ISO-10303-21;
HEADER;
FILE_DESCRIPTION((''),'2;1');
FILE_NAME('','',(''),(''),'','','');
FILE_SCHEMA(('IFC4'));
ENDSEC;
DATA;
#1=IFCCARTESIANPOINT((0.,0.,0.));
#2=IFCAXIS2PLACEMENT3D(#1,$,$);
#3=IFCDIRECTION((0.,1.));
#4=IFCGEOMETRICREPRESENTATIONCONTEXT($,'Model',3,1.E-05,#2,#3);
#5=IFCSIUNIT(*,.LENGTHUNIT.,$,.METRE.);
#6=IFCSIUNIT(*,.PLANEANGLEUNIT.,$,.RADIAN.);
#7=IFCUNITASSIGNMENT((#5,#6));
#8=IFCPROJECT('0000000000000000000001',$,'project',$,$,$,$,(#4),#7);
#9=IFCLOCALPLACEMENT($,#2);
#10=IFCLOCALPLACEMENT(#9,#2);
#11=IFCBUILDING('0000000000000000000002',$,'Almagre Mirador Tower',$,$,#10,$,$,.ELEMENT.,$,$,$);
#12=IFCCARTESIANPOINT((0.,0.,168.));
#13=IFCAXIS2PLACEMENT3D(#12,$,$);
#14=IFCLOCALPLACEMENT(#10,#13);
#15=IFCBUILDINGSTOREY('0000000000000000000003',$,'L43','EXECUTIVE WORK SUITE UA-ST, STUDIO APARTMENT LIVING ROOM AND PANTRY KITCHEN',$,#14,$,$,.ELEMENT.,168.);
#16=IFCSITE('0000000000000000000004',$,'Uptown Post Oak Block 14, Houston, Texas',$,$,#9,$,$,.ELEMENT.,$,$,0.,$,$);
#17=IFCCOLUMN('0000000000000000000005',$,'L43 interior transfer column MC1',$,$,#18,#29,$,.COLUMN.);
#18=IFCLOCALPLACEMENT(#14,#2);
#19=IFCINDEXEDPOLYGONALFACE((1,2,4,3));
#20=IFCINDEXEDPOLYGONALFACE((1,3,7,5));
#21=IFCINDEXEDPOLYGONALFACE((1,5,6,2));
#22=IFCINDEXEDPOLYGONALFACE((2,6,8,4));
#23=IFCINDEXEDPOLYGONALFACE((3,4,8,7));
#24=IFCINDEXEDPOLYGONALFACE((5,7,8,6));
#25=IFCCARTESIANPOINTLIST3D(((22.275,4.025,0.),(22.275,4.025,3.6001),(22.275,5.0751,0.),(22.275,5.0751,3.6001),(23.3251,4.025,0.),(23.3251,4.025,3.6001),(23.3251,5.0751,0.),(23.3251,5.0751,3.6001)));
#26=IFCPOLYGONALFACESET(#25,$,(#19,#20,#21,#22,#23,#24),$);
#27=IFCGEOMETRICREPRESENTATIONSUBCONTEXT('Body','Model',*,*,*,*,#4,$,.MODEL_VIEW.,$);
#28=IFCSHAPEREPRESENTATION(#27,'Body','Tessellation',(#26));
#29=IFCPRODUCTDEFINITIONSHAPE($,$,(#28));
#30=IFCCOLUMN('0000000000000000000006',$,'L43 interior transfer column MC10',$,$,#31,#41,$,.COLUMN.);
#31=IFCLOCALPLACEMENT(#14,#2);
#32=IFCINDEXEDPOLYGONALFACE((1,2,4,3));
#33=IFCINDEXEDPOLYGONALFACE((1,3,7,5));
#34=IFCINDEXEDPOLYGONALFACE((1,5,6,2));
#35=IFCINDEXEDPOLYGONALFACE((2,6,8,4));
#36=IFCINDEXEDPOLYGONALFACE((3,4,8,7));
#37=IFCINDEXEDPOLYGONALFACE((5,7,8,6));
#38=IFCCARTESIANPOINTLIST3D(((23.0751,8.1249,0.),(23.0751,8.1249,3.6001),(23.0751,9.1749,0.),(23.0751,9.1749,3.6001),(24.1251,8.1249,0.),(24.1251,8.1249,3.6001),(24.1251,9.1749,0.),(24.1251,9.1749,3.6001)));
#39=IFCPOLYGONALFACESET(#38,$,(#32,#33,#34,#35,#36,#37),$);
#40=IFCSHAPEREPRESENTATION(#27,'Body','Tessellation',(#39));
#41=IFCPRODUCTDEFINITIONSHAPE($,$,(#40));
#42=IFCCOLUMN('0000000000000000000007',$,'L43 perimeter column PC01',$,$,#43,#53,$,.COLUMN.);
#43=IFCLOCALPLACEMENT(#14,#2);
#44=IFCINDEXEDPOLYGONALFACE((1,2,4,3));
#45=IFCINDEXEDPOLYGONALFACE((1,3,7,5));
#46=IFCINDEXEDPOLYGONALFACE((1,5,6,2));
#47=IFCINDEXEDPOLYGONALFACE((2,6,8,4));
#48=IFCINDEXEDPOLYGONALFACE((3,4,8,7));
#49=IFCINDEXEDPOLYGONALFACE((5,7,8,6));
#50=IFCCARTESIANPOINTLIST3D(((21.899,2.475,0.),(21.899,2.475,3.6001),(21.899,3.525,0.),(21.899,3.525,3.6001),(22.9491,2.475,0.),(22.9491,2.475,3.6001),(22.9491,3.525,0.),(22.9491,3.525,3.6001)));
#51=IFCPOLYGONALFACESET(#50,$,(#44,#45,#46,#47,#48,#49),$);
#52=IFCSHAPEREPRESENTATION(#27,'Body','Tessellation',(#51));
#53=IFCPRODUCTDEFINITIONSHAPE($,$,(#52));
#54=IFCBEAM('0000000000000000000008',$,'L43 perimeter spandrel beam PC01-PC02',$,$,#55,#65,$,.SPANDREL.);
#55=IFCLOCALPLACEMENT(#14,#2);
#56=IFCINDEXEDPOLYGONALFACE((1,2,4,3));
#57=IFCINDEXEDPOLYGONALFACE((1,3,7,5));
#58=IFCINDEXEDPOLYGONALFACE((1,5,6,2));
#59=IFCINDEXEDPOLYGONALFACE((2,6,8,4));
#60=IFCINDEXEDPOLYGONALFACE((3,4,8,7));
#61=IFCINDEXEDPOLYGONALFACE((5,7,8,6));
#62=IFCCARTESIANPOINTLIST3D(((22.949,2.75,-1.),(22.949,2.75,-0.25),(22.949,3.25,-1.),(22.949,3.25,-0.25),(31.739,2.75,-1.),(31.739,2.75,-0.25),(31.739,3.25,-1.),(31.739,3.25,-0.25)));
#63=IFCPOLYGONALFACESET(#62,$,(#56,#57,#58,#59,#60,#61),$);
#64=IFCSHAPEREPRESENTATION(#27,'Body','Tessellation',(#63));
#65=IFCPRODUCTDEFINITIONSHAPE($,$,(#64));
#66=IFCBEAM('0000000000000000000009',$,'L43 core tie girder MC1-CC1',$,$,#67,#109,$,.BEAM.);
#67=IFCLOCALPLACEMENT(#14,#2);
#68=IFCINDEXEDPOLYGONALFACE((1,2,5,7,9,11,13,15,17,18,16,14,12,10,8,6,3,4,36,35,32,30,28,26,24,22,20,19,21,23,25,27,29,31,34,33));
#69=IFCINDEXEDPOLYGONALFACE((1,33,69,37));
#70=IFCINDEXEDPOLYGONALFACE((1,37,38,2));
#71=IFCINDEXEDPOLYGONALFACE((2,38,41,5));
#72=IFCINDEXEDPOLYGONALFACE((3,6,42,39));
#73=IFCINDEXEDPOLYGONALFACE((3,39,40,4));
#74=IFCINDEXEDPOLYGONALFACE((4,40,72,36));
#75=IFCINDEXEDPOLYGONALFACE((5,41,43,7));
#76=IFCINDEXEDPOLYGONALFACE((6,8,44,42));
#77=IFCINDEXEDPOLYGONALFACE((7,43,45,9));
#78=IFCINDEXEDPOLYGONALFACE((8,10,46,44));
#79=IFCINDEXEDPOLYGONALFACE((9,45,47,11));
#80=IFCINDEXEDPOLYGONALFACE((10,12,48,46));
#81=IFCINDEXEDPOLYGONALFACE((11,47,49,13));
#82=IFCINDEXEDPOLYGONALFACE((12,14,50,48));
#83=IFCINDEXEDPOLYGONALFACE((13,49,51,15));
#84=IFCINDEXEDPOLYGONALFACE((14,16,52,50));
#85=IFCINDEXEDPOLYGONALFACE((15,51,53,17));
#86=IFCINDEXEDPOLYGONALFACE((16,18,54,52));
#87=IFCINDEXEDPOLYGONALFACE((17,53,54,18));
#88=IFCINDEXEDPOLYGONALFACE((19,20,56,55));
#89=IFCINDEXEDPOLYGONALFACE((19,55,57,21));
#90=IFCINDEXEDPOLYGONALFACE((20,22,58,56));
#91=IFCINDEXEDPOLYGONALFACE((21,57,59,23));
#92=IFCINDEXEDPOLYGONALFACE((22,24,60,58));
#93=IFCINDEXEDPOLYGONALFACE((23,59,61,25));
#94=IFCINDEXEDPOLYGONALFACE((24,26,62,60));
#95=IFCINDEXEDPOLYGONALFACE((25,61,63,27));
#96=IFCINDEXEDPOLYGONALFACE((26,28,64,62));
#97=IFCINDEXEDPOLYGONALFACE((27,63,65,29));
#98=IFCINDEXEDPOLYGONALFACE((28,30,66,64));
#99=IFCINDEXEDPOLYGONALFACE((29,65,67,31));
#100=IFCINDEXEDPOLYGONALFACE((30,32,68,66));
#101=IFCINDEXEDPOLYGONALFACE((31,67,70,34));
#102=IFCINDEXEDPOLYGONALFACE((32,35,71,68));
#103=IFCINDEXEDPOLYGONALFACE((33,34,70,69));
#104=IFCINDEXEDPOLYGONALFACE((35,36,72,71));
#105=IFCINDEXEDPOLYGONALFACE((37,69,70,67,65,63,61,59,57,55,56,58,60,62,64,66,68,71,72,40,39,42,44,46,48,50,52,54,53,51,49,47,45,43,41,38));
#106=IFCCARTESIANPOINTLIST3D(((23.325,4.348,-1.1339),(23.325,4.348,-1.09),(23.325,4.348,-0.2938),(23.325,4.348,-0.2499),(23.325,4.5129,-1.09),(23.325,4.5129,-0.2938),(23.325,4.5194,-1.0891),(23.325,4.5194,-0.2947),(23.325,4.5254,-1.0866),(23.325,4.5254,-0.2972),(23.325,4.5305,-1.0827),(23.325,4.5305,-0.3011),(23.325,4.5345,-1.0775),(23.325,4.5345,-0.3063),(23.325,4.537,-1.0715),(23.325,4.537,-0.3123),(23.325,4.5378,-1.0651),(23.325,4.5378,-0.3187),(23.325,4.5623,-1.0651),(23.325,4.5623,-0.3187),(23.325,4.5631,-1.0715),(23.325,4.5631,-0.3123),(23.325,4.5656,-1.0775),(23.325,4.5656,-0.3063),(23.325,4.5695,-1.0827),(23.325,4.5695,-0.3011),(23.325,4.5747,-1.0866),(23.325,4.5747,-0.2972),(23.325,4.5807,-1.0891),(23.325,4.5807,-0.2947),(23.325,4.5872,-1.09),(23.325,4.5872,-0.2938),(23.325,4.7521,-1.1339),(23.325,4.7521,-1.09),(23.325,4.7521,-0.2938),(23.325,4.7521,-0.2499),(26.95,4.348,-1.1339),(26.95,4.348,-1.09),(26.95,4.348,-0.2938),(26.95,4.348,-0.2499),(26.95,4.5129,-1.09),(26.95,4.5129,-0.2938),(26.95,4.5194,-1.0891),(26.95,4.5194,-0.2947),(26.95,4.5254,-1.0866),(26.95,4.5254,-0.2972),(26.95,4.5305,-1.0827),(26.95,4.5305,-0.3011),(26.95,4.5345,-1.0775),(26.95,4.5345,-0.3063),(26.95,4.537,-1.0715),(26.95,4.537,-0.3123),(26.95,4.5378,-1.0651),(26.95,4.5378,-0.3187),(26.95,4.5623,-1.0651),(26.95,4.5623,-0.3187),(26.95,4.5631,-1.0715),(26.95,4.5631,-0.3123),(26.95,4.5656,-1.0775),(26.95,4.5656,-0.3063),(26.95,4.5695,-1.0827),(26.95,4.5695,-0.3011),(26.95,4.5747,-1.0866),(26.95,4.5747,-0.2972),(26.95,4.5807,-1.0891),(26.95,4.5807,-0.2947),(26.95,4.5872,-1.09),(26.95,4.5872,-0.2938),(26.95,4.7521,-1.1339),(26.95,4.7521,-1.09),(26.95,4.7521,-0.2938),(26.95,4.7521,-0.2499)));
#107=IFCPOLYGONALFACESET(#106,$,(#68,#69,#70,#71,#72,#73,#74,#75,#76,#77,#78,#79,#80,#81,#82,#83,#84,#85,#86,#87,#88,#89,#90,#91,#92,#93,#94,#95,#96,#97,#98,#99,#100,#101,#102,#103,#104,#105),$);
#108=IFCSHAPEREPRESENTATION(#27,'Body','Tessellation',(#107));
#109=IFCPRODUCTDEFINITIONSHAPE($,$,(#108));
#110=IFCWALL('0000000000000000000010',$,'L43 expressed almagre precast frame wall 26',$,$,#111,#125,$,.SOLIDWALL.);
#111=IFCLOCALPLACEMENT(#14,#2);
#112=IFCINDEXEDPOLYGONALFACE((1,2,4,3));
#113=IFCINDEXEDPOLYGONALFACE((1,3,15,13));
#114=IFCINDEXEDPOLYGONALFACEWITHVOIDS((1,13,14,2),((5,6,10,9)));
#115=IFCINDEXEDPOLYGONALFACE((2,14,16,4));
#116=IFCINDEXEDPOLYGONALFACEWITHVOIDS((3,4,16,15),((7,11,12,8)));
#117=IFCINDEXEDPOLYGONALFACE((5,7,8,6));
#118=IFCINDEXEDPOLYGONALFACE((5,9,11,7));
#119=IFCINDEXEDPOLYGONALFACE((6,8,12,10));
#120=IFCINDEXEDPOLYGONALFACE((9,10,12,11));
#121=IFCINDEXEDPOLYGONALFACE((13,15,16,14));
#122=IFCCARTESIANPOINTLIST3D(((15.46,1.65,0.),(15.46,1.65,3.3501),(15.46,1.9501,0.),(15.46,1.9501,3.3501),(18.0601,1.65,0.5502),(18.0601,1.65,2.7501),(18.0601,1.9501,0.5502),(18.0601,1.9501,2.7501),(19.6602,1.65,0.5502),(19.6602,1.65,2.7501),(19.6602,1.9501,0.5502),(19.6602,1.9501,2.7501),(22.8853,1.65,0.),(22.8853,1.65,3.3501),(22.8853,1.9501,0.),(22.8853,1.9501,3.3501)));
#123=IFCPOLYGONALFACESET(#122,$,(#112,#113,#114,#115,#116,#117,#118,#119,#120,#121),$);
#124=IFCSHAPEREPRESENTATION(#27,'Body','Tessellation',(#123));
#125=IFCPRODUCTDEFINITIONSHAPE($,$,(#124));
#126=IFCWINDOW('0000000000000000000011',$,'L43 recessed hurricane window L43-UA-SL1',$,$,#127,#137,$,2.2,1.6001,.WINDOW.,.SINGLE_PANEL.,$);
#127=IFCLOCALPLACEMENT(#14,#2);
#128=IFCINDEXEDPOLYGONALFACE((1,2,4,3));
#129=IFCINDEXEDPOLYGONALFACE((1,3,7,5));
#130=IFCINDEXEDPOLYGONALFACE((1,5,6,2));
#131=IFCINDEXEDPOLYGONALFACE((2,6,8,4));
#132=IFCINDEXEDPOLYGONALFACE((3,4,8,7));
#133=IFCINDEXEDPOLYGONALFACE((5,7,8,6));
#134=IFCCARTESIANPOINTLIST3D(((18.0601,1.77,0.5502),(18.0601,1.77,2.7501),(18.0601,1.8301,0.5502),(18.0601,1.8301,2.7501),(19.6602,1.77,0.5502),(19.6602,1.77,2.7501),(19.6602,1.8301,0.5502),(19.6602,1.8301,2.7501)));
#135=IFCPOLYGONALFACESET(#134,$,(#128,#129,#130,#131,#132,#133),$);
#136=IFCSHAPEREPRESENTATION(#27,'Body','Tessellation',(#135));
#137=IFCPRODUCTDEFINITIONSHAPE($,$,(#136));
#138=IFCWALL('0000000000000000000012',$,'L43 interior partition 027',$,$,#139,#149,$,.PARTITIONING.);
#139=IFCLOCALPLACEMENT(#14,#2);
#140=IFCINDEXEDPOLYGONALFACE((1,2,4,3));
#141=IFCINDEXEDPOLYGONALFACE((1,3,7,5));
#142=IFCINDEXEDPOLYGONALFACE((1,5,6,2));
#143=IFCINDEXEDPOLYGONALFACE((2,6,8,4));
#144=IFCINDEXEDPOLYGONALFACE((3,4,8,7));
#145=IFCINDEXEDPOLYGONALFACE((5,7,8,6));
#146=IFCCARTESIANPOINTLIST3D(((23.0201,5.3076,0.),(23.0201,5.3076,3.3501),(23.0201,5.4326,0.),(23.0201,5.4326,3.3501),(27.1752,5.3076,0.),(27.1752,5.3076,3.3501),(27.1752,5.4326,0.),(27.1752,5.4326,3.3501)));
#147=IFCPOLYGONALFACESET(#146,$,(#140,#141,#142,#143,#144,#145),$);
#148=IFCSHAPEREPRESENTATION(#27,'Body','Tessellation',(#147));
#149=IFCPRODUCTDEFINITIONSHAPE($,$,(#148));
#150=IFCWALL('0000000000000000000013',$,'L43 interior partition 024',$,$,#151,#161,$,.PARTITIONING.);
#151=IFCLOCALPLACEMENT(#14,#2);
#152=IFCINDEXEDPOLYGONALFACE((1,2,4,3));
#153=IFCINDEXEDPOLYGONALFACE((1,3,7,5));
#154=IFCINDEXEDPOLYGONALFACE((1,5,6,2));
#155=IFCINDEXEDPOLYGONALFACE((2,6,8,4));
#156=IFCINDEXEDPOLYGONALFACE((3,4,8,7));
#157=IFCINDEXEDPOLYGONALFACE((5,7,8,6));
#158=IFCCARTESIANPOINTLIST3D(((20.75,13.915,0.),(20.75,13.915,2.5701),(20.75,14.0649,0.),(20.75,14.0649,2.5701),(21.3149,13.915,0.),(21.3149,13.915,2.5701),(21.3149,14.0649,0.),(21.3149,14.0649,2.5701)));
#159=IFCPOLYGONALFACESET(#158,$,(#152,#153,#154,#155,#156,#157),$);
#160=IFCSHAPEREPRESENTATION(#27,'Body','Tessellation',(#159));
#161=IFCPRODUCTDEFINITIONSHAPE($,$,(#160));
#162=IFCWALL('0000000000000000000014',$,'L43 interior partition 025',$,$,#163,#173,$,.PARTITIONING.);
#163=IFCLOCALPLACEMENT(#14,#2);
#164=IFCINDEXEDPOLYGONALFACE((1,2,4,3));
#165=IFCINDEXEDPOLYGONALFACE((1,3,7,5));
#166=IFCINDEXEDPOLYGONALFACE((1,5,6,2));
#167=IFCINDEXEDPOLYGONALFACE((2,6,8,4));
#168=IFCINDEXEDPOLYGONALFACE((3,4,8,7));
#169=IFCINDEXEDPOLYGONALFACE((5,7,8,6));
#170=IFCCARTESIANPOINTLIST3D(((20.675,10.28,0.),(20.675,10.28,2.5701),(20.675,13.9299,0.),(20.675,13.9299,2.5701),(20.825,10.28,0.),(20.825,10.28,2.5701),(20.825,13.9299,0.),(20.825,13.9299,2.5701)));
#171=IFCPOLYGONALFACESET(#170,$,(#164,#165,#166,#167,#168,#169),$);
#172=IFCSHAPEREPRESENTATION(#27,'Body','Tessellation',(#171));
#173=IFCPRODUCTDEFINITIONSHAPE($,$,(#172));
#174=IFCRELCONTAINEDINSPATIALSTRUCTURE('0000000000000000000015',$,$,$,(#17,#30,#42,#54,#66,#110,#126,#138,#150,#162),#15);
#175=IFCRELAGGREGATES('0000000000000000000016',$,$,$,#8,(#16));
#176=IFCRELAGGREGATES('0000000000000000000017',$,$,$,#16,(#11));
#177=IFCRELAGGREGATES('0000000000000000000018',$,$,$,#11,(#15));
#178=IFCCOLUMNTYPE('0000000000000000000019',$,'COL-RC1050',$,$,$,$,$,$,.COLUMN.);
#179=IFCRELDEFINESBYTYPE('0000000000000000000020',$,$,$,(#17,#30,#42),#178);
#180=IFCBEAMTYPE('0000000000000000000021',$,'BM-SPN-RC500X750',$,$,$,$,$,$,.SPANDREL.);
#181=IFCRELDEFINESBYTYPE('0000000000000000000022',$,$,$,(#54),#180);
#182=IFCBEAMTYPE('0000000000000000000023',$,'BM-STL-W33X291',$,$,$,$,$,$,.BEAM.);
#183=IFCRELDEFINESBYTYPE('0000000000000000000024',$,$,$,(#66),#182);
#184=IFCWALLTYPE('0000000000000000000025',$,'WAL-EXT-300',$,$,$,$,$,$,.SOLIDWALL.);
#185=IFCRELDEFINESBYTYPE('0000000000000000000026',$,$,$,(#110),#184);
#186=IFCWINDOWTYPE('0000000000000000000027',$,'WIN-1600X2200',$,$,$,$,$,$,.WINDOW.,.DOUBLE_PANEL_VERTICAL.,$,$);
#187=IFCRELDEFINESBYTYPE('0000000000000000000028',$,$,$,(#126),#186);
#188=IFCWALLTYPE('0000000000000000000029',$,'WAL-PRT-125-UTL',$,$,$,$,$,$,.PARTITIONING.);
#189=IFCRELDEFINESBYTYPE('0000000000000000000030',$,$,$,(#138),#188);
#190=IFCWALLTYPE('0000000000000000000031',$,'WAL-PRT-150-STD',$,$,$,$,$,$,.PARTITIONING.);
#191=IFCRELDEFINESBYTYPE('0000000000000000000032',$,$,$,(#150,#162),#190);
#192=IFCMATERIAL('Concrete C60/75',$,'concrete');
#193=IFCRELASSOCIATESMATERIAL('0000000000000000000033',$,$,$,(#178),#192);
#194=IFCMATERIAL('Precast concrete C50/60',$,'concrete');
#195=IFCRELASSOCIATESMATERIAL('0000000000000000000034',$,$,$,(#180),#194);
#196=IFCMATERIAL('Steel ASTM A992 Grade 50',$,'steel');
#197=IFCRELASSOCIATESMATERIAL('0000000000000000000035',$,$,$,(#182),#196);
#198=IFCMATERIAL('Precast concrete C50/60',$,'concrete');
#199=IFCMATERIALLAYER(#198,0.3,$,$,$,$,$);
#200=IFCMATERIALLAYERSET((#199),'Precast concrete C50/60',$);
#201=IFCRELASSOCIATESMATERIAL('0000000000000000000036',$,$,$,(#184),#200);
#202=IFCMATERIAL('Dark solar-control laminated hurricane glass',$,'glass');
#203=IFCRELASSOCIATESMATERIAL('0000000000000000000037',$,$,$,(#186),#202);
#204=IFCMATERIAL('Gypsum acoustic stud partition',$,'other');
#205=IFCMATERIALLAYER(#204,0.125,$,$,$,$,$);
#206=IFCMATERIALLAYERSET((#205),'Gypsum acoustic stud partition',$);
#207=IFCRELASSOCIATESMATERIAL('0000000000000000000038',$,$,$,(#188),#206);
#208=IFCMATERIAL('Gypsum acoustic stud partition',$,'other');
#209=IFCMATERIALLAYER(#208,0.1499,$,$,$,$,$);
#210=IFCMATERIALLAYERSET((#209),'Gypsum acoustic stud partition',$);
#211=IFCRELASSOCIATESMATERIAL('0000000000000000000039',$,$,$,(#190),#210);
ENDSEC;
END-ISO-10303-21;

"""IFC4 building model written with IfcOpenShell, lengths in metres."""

from ifc_helpers import new_model, si_unit, direction, frame, frame_2d, origin, origin_2d, place, context, subcontext, project, spatial, rectangle, i_section, extrude, material, layer, layer_set, material_profile, profile_set, type_object, element, fill, save


model = new_model("IFC4")

# Units and contexts
model_context = context("Model", 3, precision=1e-05, world=origin(), true_north=direction((0.0, 1.0)))
body_context = subcontext(model_context, "Body", "Model", "MODEL_VIEW")
ifc_project = project(units=[si_unit("LENGTHUNIT", "METRE"), si_unit("PLANEANGLEUNIT", "RADIAN")], contexts=[model_context])

# Site, building, storey
site_placement = place(None, origin())
site = spatial("IfcSite", under=ifc_project, at=site_placement, Name="Uptown Post Oak Block 14, Houston, Texas", CompositionType="ELEMENT", RefElevation=0.0)
building_placement = place(site_placement, origin())
building = spatial("IfcBuilding", under=site, at=building_placement, Name="Almagre Mirador Tower", CompositionType="ELEMENT")
storey_placement = place(building_placement, frame((0.0, 0.0, 168.0)))
storey = spatial("IfcBuildingStorey", under=building, at=storey_placement, Name="L43", Description="EXECUTIVE WORK SUITE UA-ST, STUDIO APARTMENT LIVING ROOM AND PANTRY KITCHEN", CompositionType="ELEMENT", Elevation=168.0)

# Columns
ifc_material_1 = material(Name="Concrete C60/75", Category="concrete")
ifc_material_profile_1 = material_profile(ifc_material_1, rectangle(XDim=1.05, YDim=1.05, at=origin_2d()), Name="RC1050X1050")
ifc_profile_set_1 = profile_set([ifc_material_profile_1], Name="Concrete C60/75")
column_type = type_object("IfcColumnType", Name="COL-RC1050", PredefinedType="COLUMN", material=ifc_profile_set_1)
for number, where, z_axis, x_axis, name in (
    (1, (22.8, 4.55, 0.0), (0.0, 0.0, 1.0), (1.0, 0.0, 0.0), "L43 interior transfer column MC1"),
    (2, (23.6001, 8.6499, 0.0), (0.0, 0.0, 1.0), (1.0, 0.0, 0.0), "L43 interior transfer column MC10"),
    (3, (22.4241, 3.0, 0.0), (0.0, 0.0, 1.0), (1.0, 0.0, 0.0), "L43 perimeter column PC01"),
):
    element("IfcColumn", number, at=place(storey_placement, frame(where, z_axis=z_axis, x_axis=x_axis)), inside=storey, type_object=column_type, Name=name, PredefinedType="COLUMN", context=body_context, shape_type="SweptSolid", body=[
        extrude(rectangle(XDim=1.05, YDim=1.05, at=origin_2d()), origin(), (0.0, 0.0, 1.0), 3.6001),
    ])

# Beams
ifc_material_2 = material(Name="Precast concrete C50/60", Category="concrete")
ifc_material_profile_2 = material_profile(ifc_material_2, rectangle(XDim=0.5, YDim=0.75, at=origin_2d()), Name="RC500X750")
ifc_profile_set_2 = profile_set([ifc_material_profile_2], Name="Precast concrete C50/60")
beam_type_1 = type_object("IfcBeamType", Name="BM-SPN-RC500X750", PredefinedType="SPANDREL", material=ifc_profile_set_2)
beam_1_placement = place(storey_placement, frame((22.949, 3.0, -0.625), z_axis=(1.0, 0.0, 0.0), x_axis=(0.0, 1.0, 0.0)))
element("IfcBeam", 4, at=beam_1_placement, inside=storey, type_object=beam_type_1, Name="L43 perimeter spandrel beam PC01-PC02", PredefinedType="SPANDREL", context=body_context, shape_type="SweptSolid", body=[
    extrude(rectangle(XDim=0.5, YDim=0.75, at=origin_2d()), origin(), (0.0, 0.0, 1.0), 8.79),
])
ifc_material_3 = material(Name="Steel ASTM A992 Grade 50", Category="steel")
ifc_material_profile_3 = material_profile(ifc_material_3, i_section(OverallWidth=0.4041, OverallDepth=0.884, WebThickness=0.0244, FlangeThickness=0.0439, FilletRadius=0.0249, at=origin_2d()), Name="W33X291")
ifc_profile_set_3 = profile_set([ifc_material_profile_3], Name="Steel ASTM A992 Grade 50")
beam_type_2 = type_object("IfcBeamType", Name="BM-STL-W33X291", PredefinedType="BEAM", material=ifc_profile_set_3)
beam_2_placement = place(storey_placement, frame((23.325, 4.55, -0.6919), z_axis=(1.0, 0.0, 0.0), x_axis=(0.0, 1.0, 0.0)))
element("IfcBeam", 5, at=beam_2_placement, inside=storey, type_object=beam_type_2, Name="L43 core tie girder MC1-CC1", PredefinedType="BEAM", context=body_context, shape_type="SweptSolid", body=[
    extrude(i_section(OverallWidth=0.4041, OverallDepth=0.884, WebThickness=0.0244, FlangeThickness=0.0439, FilletRadius=0.0249, at=origin_2d()), origin(), (0.0, 0.0, 1.0), 3.625),
])

# Wall, opening, window
ifc_material_4 = material(Name="Precast concrete C50/60", Category="concrete")
ifc_layer_1 = layer(ifc_material_4, 0.3)
ifc_layer_set_1 = layer_set([ifc_layer_1], Name="Precast concrete C50/60")
wall_type_1 = type_object("IfcWallType", Name="WAL-EXT-300", PredefinedType="SOLIDWALL", material=ifc_layer_set_1)
wall_1_placement = place(storey_placement, frame((22.8853, 1.8, 0.0), z_axis=(0.0, 0.0, 1.0), x_axis=(-1.0, 0.0, 0.0)))
wall_1 = element("IfcWall", 6, at=wall_1_placement, inside=storey, type_object=wall_type_1, Name="L43 expressed almagre precast frame wall 26", PredefinedType="SOLIDWALL", context=body_context, shape_type="SweptSolid", body=[
    extrude(rectangle(XDim=7.4253, YDim=0.3, at=frame_2d((3.7126, 0.0))), origin(), (0.0, 0.0, 1.0), 3.3501),
])
opening_1_placement = place(wall_1_placement, frame((3.2251, 0.0, 0.55)))
opening_1 = element("IfcOpeningElement", 7, at=opening_1_placement, cuts=wall_1, PredefinedType="OPENING", context=body_context, shape_type="SweptSolid", body=[
    extrude(rectangle(XDim=1.6001, YDim=2.2, at=frame_2d((0.8, 1.1001))), frame((0.0, 0.1599, 0.0), z_axis=(0.0, -1.0, 0.0), x_axis=(1.0, 0.0, 0.0)), (0.0, 0.0, 1.0), 0.32),
])
ifc_material_5 = material(Name="Dark solar-control laminated hurricane glass", Category="glass")
window_type = type_object("IfcWindowType", Name="WIN-1600X2200", PartitioningType="DOUBLE_PANEL_VERTICAL", PredefinedType="WINDOW", material=ifc_material_5)
window_placement = place(opening_1_placement, origin())
window = element("IfcWindow", 8, at=window_placement, inside=storey, type_object=window_type, Name="L43 recessed hurricane window L43-UA-SL1", OverallHeight=2.2, OverallWidth=1.6001, PartitioningType="SINGLE_PANEL", PredefinedType="WINDOW", context=body_context, shape_type="SweptSolid", body=[
    extrude(rectangle(XDim=1.6001, YDim=2.2, at=frame_2d((0.8, 1.1001))), frame((0.0, 0.03, 0.0), z_axis=(0.0, -1.0, 0.0), x_axis=(1.0, 0.0, 0.0)), (0.0, 0.0, 1.0), 0.0601),
])
fill(opening_1, window)

# Walls
ifc_material_6 = material(Name="Gypsum acoustic stud partition", Category="other")
ifc_layer_2 = layer(ifc_material_6, 0.125)
ifc_layer_set_2 = layer_set([ifc_layer_2], Name="Gypsum acoustic stud partition")
wall_type_2 = type_object("IfcWallType", Name="WAL-PRT-125-UTL", PredefinedType="PARTITIONING", material=ifc_layer_set_2)
wall_2_placement = place(storey_placement, frame((23.02, 5.3701, 0.0), z_axis=(0.0, 0.0, 1.0), x_axis=(1.0, 0.0, 0.0)))
element("IfcWall", 9, at=wall_2_placement, inside=storey, type_object=wall_type_2, Name="L43 interior partition 027", PredefinedType="PARTITIONING", context=body_context, shape_type="SweptSolid", body=[
    extrude(rectangle(XDim=4.155, YDim=0.125, at=frame_2d((2.0776, 0.0))), origin(), (0.0, 0.0, 1.0), 3.3501),
])
ifc_material_7 = material(Name="Gypsum acoustic stud partition", Category="other")
ifc_layer_3 = layer(ifc_material_7, 0.1499)
ifc_layer_set_3 = layer_set([ifc_layer_3], Name="Gypsum acoustic stud partition")
wall_type_3 = type_object("IfcWallType", Name="WAL-PRT-150-STD", PredefinedType="PARTITIONING", material=ifc_layer_set_3)
wall_3_placement = place(storey_placement, frame((21.3149, 13.99, 0.0), z_axis=(0.0, 0.0, 1.0), x_axis=(-1.0, 0.0, 0.0)))
element("IfcWall", 10, at=wall_3_placement, inside=storey, type_object=wall_type_3, Name="L43 interior partition 024", PredefinedType="PARTITIONING", context=body_context, shape_type="SweptSolid", body=[
    extrude(rectangle(XDim=0.5649, YDim=0.1499, at=frame_2d((0.2825, 0.0))), origin(), (0.0, 0.0, 1.0), 2.5701),
])
wall_4_placement = place(storey_placement, frame((20.75, 13.9299, 0.0), z_axis=(0.0, 0.0, 1.0), x_axis=(0.0, -1.0, 0.0)))
element("IfcWall", 11, at=wall_4_placement, inside=storey, type_object=wall_type_3, Name="L43 interior partition 025", PredefinedType="PARTITIONING", context=body_context, shape_type="SweptSolid", body=[
    extrude(rectangle(XDim=3.6499, YDim=0.1499, at=frame_2d((1.825, 0.0))), origin(), (0.0, 0.0, 1.0), 2.5701),
])

save(model, "model.ifc")
